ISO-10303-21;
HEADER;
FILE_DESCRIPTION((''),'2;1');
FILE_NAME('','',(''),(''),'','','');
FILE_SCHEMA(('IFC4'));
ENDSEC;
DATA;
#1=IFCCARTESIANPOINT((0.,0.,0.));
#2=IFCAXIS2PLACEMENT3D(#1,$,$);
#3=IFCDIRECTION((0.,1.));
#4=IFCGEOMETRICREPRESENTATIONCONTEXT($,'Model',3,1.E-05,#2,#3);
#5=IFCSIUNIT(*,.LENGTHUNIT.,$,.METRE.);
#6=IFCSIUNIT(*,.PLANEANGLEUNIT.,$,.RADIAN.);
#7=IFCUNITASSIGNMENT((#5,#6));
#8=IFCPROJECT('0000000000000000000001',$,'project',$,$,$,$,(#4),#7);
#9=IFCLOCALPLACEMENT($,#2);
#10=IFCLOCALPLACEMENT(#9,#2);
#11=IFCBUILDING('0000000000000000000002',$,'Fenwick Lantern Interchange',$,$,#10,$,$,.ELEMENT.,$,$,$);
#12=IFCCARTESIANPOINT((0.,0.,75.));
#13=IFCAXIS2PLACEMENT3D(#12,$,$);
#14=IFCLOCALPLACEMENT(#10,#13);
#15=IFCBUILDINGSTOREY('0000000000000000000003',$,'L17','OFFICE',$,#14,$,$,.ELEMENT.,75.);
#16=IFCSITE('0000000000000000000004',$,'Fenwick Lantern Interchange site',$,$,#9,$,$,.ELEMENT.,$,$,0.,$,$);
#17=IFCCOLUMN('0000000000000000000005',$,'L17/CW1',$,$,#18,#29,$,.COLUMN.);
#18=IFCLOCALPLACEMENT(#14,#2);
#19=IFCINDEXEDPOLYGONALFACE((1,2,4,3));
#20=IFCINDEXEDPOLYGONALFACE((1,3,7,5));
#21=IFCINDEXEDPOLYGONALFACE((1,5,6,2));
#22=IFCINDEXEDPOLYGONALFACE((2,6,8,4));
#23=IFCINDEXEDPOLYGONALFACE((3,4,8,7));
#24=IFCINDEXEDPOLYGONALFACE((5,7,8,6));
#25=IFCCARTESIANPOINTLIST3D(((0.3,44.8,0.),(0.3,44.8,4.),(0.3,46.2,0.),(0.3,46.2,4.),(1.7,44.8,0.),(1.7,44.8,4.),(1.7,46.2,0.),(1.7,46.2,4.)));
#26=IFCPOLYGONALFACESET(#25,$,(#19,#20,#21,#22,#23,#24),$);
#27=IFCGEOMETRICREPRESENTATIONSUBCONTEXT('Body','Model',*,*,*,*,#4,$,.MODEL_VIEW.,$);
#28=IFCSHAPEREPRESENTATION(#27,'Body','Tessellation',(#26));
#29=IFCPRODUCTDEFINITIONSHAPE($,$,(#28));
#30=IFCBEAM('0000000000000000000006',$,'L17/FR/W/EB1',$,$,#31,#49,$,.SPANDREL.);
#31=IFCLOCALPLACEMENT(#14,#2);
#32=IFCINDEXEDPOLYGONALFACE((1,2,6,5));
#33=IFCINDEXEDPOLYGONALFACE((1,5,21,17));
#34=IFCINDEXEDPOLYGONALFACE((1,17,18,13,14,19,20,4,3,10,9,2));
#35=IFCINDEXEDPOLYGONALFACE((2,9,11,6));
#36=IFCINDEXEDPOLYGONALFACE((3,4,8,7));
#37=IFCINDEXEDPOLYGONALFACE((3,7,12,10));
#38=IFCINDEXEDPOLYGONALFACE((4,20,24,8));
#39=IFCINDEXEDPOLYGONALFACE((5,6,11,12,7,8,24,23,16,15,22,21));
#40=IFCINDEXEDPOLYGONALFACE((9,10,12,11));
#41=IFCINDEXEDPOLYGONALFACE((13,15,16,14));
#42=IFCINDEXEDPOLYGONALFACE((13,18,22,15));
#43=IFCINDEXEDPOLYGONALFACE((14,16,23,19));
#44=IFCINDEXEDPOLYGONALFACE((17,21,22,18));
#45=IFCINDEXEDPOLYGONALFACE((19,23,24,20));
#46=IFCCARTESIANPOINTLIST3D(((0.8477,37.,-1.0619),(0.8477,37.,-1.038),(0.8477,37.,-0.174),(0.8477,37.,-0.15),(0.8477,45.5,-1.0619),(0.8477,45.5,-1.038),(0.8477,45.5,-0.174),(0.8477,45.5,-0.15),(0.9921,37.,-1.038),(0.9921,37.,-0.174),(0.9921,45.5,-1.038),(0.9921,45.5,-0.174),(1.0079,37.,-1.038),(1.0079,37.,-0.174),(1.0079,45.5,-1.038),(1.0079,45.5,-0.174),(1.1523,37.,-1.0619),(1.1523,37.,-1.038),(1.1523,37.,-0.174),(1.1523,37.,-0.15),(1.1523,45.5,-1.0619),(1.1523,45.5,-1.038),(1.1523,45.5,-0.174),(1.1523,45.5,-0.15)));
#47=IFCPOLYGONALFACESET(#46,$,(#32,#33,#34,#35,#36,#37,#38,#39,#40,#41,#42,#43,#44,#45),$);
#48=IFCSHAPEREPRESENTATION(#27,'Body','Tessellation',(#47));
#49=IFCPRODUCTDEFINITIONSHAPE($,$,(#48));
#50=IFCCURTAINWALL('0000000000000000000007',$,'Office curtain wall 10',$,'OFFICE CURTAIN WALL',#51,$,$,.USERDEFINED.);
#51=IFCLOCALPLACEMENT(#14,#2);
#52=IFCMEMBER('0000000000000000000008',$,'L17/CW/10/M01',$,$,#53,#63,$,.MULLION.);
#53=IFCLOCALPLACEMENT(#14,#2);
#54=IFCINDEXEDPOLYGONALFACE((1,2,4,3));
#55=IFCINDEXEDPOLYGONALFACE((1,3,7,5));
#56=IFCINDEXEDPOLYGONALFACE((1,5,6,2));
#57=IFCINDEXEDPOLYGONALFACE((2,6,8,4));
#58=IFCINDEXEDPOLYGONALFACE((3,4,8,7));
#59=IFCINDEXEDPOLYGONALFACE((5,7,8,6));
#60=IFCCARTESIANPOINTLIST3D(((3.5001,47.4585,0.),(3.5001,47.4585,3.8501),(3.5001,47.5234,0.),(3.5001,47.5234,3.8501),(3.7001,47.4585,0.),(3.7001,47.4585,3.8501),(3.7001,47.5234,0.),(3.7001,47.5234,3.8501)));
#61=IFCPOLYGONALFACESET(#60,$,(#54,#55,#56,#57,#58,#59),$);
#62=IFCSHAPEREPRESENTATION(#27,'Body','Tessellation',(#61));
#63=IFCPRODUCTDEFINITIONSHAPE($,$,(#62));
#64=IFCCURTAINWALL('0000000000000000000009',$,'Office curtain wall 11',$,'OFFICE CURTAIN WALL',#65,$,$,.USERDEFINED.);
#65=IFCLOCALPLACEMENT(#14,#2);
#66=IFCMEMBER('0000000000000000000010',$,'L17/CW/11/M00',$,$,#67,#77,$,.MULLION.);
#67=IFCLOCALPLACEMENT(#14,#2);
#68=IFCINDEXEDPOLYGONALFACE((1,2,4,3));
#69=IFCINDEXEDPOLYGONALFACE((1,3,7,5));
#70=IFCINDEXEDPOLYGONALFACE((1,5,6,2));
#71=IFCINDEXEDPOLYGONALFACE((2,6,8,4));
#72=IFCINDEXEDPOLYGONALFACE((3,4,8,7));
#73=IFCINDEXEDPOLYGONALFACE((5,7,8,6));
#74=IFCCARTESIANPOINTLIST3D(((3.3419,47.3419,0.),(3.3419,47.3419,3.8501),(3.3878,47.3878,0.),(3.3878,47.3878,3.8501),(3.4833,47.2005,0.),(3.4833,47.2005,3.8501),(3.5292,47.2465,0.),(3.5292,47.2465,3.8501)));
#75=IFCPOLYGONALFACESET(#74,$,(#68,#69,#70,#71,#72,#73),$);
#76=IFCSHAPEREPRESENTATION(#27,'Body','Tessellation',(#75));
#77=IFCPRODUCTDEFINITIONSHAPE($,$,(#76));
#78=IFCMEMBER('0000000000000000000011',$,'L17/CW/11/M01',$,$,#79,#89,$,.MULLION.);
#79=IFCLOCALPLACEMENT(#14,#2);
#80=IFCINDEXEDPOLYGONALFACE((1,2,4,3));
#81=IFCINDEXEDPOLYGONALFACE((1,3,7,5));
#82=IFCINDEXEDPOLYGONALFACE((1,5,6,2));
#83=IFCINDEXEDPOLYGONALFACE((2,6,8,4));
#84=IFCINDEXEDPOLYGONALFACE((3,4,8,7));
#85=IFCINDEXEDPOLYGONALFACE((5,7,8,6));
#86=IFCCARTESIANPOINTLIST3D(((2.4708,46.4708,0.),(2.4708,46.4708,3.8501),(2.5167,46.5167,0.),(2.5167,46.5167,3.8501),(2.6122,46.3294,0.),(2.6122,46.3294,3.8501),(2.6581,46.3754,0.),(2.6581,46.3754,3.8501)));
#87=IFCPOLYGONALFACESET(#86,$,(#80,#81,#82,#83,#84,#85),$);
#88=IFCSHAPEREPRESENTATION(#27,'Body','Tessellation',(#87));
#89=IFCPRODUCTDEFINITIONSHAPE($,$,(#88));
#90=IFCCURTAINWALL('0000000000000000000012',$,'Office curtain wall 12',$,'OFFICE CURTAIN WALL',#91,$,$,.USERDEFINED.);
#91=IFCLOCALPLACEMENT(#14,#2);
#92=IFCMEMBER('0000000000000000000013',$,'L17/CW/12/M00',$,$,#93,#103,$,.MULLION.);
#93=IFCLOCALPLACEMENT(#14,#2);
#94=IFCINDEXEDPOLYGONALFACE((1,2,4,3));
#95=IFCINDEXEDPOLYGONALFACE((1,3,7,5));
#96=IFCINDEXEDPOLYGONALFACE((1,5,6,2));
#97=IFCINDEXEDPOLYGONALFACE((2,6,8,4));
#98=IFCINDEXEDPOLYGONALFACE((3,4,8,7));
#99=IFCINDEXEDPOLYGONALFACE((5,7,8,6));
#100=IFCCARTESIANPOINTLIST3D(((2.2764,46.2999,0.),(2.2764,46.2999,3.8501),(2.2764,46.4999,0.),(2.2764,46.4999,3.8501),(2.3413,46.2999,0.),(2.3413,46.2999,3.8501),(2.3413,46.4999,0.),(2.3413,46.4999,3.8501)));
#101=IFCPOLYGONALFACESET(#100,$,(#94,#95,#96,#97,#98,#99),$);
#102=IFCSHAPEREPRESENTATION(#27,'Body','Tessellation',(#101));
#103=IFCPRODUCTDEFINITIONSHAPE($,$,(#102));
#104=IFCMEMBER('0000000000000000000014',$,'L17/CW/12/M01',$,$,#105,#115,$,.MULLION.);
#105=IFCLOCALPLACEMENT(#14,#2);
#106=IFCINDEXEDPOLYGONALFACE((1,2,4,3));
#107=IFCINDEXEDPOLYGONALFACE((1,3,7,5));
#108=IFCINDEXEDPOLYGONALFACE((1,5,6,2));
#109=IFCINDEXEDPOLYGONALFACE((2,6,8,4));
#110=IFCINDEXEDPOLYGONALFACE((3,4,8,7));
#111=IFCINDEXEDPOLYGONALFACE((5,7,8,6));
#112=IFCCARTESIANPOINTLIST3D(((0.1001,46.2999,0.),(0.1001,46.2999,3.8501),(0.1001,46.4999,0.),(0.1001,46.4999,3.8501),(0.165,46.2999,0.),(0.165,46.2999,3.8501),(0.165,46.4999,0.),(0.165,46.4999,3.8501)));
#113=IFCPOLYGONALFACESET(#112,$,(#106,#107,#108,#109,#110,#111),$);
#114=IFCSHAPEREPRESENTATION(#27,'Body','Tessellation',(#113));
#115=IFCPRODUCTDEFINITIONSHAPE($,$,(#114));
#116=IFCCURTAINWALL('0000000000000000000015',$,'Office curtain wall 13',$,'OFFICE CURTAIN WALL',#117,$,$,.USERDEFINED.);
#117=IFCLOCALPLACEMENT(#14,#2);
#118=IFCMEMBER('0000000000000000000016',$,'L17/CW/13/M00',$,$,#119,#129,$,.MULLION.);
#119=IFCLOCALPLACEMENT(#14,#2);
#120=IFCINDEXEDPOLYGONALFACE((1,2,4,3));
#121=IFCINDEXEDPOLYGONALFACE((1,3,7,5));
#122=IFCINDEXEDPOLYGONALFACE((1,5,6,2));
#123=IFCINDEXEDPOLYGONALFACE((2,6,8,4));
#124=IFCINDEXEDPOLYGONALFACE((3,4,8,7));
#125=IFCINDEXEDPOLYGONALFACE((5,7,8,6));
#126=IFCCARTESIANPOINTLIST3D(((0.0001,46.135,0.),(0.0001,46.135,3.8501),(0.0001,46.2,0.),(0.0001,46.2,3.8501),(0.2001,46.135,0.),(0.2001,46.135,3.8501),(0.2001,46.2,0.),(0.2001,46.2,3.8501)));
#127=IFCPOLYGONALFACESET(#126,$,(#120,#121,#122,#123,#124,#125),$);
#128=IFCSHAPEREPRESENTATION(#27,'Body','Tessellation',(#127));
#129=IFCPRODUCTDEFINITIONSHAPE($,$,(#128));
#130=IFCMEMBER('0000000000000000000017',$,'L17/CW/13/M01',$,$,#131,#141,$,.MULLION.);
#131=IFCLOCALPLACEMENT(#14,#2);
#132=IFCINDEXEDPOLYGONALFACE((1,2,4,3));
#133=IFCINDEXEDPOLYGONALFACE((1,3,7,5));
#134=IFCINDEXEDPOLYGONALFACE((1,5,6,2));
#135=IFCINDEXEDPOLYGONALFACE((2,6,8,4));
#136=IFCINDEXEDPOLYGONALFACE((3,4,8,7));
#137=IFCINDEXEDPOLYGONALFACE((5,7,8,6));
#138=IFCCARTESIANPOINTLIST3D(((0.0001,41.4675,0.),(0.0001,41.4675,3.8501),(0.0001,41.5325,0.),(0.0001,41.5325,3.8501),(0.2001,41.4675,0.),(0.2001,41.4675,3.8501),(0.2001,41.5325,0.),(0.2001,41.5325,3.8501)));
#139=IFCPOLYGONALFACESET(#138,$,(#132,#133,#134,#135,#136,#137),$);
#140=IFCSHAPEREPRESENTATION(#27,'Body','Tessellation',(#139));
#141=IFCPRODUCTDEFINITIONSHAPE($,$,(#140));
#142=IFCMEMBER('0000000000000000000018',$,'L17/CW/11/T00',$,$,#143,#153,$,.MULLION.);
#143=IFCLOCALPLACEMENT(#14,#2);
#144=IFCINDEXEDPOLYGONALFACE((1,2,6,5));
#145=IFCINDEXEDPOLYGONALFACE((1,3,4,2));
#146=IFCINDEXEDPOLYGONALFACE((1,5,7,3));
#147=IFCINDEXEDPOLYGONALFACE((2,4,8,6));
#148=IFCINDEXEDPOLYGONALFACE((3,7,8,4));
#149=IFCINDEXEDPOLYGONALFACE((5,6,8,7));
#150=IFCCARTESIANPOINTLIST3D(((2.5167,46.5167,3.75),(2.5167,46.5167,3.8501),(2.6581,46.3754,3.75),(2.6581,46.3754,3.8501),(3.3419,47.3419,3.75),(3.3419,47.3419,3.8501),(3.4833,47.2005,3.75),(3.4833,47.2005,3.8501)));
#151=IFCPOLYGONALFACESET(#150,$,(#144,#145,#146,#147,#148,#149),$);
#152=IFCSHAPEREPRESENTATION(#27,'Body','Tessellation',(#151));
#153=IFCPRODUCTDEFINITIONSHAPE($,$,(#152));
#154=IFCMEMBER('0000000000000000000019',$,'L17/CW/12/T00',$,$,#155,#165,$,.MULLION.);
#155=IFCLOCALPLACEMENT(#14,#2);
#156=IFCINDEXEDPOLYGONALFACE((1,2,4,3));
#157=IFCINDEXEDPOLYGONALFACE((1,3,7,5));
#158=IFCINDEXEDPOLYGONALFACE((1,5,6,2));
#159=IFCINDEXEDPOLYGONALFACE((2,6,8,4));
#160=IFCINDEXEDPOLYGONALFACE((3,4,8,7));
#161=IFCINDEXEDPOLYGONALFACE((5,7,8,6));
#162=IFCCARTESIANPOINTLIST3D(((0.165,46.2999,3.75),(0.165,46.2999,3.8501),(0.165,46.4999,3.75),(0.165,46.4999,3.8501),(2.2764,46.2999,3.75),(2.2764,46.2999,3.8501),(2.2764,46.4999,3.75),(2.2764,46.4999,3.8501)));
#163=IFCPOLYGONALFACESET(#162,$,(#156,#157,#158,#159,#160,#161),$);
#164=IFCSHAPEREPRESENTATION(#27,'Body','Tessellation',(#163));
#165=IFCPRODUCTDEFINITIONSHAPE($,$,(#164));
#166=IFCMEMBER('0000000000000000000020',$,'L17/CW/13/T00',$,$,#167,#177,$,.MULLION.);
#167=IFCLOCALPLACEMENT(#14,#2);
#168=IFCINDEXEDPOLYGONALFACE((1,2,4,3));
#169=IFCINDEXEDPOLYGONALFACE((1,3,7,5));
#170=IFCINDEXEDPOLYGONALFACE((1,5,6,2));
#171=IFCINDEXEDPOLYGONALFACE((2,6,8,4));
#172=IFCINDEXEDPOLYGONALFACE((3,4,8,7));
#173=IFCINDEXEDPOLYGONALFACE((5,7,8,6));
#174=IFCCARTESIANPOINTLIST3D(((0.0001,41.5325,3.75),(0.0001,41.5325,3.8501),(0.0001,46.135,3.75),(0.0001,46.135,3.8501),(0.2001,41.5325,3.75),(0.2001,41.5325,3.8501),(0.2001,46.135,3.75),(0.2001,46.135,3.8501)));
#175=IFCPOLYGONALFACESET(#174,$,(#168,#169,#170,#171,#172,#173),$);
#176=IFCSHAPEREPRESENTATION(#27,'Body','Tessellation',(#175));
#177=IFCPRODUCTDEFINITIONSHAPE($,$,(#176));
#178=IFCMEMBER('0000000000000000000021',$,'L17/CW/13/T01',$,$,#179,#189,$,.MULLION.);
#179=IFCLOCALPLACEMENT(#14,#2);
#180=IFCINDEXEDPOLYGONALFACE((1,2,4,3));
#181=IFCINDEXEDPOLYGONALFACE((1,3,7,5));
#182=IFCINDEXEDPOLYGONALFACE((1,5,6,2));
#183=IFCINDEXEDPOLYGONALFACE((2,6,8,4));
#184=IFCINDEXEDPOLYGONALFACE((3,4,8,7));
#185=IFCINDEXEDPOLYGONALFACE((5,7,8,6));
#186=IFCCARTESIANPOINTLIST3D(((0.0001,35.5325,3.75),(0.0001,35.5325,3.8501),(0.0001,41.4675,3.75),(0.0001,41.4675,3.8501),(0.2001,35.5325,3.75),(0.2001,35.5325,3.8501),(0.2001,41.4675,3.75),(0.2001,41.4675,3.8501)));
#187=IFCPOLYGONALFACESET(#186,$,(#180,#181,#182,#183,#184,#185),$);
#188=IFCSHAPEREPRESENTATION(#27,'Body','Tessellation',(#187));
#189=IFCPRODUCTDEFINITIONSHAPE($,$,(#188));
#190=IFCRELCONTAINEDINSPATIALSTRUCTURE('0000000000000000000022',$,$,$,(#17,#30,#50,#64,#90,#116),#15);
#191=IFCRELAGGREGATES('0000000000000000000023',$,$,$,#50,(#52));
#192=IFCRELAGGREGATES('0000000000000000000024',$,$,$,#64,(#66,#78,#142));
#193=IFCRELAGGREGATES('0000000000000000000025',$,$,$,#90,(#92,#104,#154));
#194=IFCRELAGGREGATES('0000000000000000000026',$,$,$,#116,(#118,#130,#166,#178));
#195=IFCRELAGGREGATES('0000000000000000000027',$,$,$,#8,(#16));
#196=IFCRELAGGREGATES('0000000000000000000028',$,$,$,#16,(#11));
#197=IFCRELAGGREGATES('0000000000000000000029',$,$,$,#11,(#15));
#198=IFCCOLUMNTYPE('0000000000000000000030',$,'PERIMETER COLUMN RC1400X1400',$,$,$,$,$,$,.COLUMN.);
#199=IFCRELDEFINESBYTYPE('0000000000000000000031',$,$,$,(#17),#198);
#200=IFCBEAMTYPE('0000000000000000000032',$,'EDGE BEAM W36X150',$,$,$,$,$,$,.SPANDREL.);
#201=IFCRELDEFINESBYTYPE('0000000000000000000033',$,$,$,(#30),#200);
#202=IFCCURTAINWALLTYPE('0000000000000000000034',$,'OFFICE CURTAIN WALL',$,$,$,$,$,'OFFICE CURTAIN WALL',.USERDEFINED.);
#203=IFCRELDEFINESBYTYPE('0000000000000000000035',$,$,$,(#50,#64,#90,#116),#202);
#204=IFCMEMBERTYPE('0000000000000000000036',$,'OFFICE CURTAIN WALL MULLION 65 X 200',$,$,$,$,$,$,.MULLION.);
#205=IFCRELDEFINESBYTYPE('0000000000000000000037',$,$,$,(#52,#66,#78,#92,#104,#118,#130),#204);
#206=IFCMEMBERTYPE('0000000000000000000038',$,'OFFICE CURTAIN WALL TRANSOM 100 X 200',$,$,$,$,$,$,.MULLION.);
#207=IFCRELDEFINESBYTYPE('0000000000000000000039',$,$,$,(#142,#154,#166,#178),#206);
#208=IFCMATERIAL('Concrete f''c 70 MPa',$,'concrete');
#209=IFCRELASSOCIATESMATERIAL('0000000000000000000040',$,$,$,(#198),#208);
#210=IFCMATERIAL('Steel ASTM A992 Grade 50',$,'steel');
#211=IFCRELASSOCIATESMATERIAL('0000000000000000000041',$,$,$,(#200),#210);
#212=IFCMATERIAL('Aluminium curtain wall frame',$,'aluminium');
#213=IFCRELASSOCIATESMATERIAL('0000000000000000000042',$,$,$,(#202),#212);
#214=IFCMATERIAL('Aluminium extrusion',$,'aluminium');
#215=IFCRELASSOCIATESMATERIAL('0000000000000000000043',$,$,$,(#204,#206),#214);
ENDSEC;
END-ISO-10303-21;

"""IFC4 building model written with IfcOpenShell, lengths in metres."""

from ifc_helpers import new_model, si_unit, direction, frame, origin, origin_2d, place, context, subcontext, project, spatial, rectangle, i_section, extrude, material, material_profile, profile_set, type_object, element, aggregate, save


model = new_model("IFC4")

# Units and contexts
model_context = context("Model", 3, precision=1e-05, world=origin(), true_north=direction((0.0, 1.0)))
body_context = subcontext(model_context, "Body", "Model", "MODEL_VIEW")
ifc_project = project(units=[si_unit("LENGTHUNIT", "METRE"), si_unit("PLANEANGLEUNIT", "RADIAN")], contexts=[model_context])

# Site, building, storey
site_placement = place(None, origin())
site = spatial("IfcSite", under=ifc_project, at=site_placement, Name="Fenwick Lantern Interchange site", CompositionType="ELEMENT", RefElevation=0.0)
building_placement = place(site_placement, origin())
building = spatial("IfcBuilding", under=site, at=building_placement, Name="Fenwick Lantern Interchange", CompositionType="ELEMENT")
storey_placement = place(building_placement, frame((0.0, 0.0, 75.0)))
storey = spatial("IfcBuildingStorey", under=building, at=storey_placement, Name="L17", Description="OFFICE", CompositionType="ELEMENT", Elevation=75.0)

# Column
ifc_material_1 = material(Name="Concrete f'c 70 MPa", Category="concrete")
ifc_material_profile_1 = material_profile(ifc_material_1, rectangle(XDim=1.3999, YDim=1.3999, at=origin_2d()), Name="RC1400X1400")
ifc_profile_set_1 = profile_set([ifc_material_profile_1], Name="Concrete f'c 70 MPa")
column_type = type_object("IfcColumnType", Name="PERIMETER COLUMN RC1400X1400", PredefinedType="COLUMN", material=ifc_profile_set_1)
column_placement = place(storey_placement, frame((1.0, 45.5, 0.0), z_axis=(0.0, 0.0, 1.0), x_axis=(1.0, 0.0, 0.0)))
element("IfcColumn", 1, at=column_placement, inside=storey, type_object=column_type, Name="L17/CW1", PredefinedType="COLUMN", context=body_context, shape_type="SweptSolid", body=[
    extrude(rectangle(XDim=1.3999, YDim=1.3999, at=origin_2d()), origin(), (0.0, 0.0, 1.0), 4.0),
])

# Beam
ifc_material_2 = material(Name="Steel ASTM A992 Grade 50", Category="steel")
ifc_material_profile_2 = material_profile(ifc_material_2, i_section(OverallWidth=0.3047, OverallDepth=0.9119, WebThickness=0.0159, FlangeThickness=0.0239, at=origin_2d()), Name="W36X150")
ifc_profile_set_2 = profile_set([ifc_material_profile_2], Name="Steel ASTM A992 Grade 50")
beam_type = type_object("IfcBeamType", Name="EDGE BEAM W36X150", PredefinedType="SPANDREL", material=ifc_profile_set_2)
beam_placement = place(storey_placement, frame((1.0, 45.5, -0.606), z_axis=(0.0, -1.0, 0.0), x_axis=(1.0, 0.0, 0.0)))
element("IfcBeam", 2, at=beam_placement, inside=storey, type_object=beam_type, Name="L17/FR/W/EB1", PredefinedType="SPANDREL", context=body_context, shape_type="SweptSolid", body=[
    extrude(i_section(OverallWidth=0.3047, OverallDepth=0.9119, WebThickness=0.0159, FlangeThickness=0.0239, at=origin_2d()), origin(), (0.0, 0.0, 1.0), 8.5),
])

# Curtain wall, member
ifc_material_3 = material(Name="Aluminium curtain wall frame", Category="aluminium")
curtain_wall_type = type_object("IfcCurtainWallType", Name="OFFICE CURTAIN WALL", ElementType="OFFICE CURTAIN WALL", PredefinedType="USERDEFINED", material=ifc_material_3)
curtain_wall_1_placement = place(storey_placement, origin())
curtain_wall_1 = element("IfcCurtainWall", 3, at=curtain_wall_1_placement, inside=storey, type_object=curtain_wall_type, Name="Office curtain wall 10", ObjectType="OFFICE CURTAIN WALL", PredefinedType="USERDEFINED")
ifc_material_4 = material(Name="Aluminium extrusion", Category="aluminium")
ifc_material_profile_3 = material_profile(ifc_material_4, rectangle(XDim=0.2, YDim=0.0649, at=origin_2d()), Name="OFFICE CURTAIN WALL MULLION 65 X 200")
ifc_profile_set_3 = profile_set([ifc_material_profile_3], Name="Aluminium extrusion")
member_type_1 = type_object("IfcMemberType", Name="OFFICE CURTAIN WALL MULLION 65 X 200", PredefinedType="MULLION", material=ifc_profile_set_3)
member_1_placement = place(storey_placement, frame((3.6001, 47.491, 0.0), z_axis=(0.0, 0.0, 1.0), x_axis=(1.0, 0.0, 0.0)))
member_1 = element("IfcMember", 4, at=member_1_placement, type_object=member_type_1, Name="L17/CW/10/M01", PredefinedType="MULLION", context=body_context, shape_type="SweptSolid", body=[
    extrude(rectangle(XDim=0.2, YDim=0.0649, at=origin_2d()), origin(), (0.0, 0.0, 1.0), 3.8501),
])
aggregate(curtain_wall_1, [member_1])

# Curtain walls, members
curtain_wall_2_placement = place(storey_placement, origin())
curtain_wall_2 = element("IfcCurtainWall", 5, at=curtain_wall_2_placement, inside=storey, type_object=curtain_wall_type, Name="Office curtain wall 11", ObjectType="OFFICE CURTAIN WALL", PredefinedType="USERDEFINED")
member_2_placement = place(storey_placement, frame((3.4355, 47.2942, 0.0), z_axis=(0.0, 0.0, 1.0), x_axis=(0.707107, -0.707107, 0.0)))
member_2 = element("IfcMember", 6, at=member_2_placement, type_object=member_type_1, Name="L17/CW/11/M00", PredefinedType="MULLION", context=body_context, shape_type="SweptSolid", body=[
    extrude(rectangle(XDim=0.2, YDim=0.0649, at=origin_2d()), origin(), (0.0, 0.0, 1.0), 3.8501),
])
member_3_placement = place(storey_placement, frame((2.5645, 46.4231, 0.0), z_axis=(0.0, 0.0, 1.0), x_axis=(0.707107, -0.707107, 0.0)))
member_3 = element("IfcMember", 7, at=member_3_placement, type_object=member_type_1, Name="L17/CW/11/M01", PredefinedType="MULLION", context=body_context, shape_type="SweptSolid", body=[
    extrude(rectangle(XDim=0.2, YDim=0.0649, at=origin_2d()), origin(), (0.0, 0.0, 1.0), 3.8501),
])
curtain_wall_3_placement = place(storey_placement, origin())
curtain_wall_3 = element("IfcCurtainWall", 8, at=curtain_wall_3_placement, inside=storey, type_object=curtain_wall_type, Name="Office curtain wall 12", ObjectType="OFFICE CURTAIN WALL", PredefinedType="USERDEFINED")
member_4_placement = place(storey_placement, frame((2.3088, 46.3999, 0.0), z_axis=(0.0, 0.0, 1.0), x_axis=(0.0, -1.0, 0.0)))
member_4 = element("IfcMember", 9, at=member_4_placement, type_object=member_type_1, Name="L17/CW/12/M00", PredefinedType="MULLION", context=body_context, shape_type="SweptSolid", body=[
    extrude(rectangle(XDim=0.2, YDim=0.0649, at=origin_2d()), origin(), (0.0, 0.0, 1.0), 3.8501),
])
member_5_placement = place(storey_placement, frame((0.1326, 46.3999, 0.0), z_axis=(0.0, 0.0, 1.0), x_axis=(0.0, -1.0, 0.0)))
member_5 = element("IfcMember", 10, at=member_5_placement, type_object=member_type_1, Name="L17/CW/12/M01", PredefinedType="MULLION", context=body_context, shape_type="SweptSolid", body=[
    extrude(rectangle(XDim=0.2, YDim=0.0649, at=origin_2d()), origin(), (0.0, 0.0, 1.0), 3.8501),
])
curtain_wall_4_placement = place(storey_placement, origin())
curtain_wall_4 = element("IfcCurtainWall", 11, at=curtain_wall_4_placement, inside=storey, type_object=curtain_wall_type, Name="Office curtain wall 13", ObjectType="OFFICE CURTAIN WALL", PredefinedType="USERDEFINED")
member_6_placement = place(storey_placement, frame((0.1001, 46.1675, 0.0), z_axis=(0.0, 0.0, 1.0), x_axis=(1.0, 0.0, 0.0)))
member_6 = element("IfcMember", 12, at=member_6_placement, type_object=member_type_1, Name="L17/CW/13/M00", PredefinedType="MULLION", context=body_context, shape_type="SweptSolid", body=[
    extrude(rectangle(XDim=0.2, YDim=0.0649, at=origin_2d()), origin(), (0.0, 0.0, 1.0), 3.8501),
])
member_7_placement = place(storey_placement, frame((0.1001, 41.5, 0.0), z_axis=(0.0, 0.0, 1.0), x_axis=(1.0, 0.0, 0.0)))
member_7 = element("IfcMember", 13, at=member_7_placement, type_object=member_type_1, Name="L17/CW/13/M01", PredefinedType="MULLION", context=body_context, shape_type="SweptSolid", body=[
    extrude(rectangle(XDim=0.2, YDim=0.0649, at=origin_2d()), origin(), (0.0, 0.0, 1.0), 3.8501),
])

# Members
ifc_material_profile_4 = material_profile(ifc_material_4, rectangle(XDim=0.2, YDim=0.1001, at=origin_2d()), Name="OFFICE CURTAIN WALL TRANSOM 100 X 200")
ifc_profile_set_4 = profile_set([ifc_material_profile_4], Name="Aluminium extrusion")
member_type_2 = type_object("IfcMemberType", Name="OFFICE CURTAIN WALL TRANSOM 100 X 200", PredefinedType="MULLION", material=ifc_profile_set_4)
member_8_placement = place(storey_placement, frame((3.4126, 47.2712, 3.8), z_axis=(-0.707107, -0.707107, 0.0), x_axis=(0.707107, -0.707107, 0.0)))
member_8 = element("IfcMember", 14, at=member_8_placement, type_object=member_type_2, Name="L17/CW/11/T00", PredefinedType="MULLION", context=body_context, shape_type="SweptSolid", body=[
    extrude(rectangle(XDim=0.2, YDim=0.1001, at=origin_2d()), origin(), (0.0, 0.0, 1.0), 1.167),
])
member_9_placement = place(storey_placement, frame((2.2764, 46.3999, 3.8), z_axis=(-1.0, 0.0, 0.0), x_axis=(0.0, -1.0, 0.0)))
member_9 = element("IfcMember", 15, at=member_9_placement, type_object=member_type_2, Name="L17/CW/12/T00", PredefinedType="MULLION", context=body_context, shape_type="SweptSolid", body=[
    extrude(rectangle(XDim=0.2, YDim=0.1001, at=origin_2d()), origin(), (0.0, 0.0, 1.0), 2.1113),
])
member_10_placement = place(storey_placement, frame((0.1001, 46.135, 3.8), z_axis=(0.0, -1.0, 0.0), x_axis=(1.0, 0.0, 0.0)))
member_10 = element("IfcMember", 16, at=member_10_placement, type_object=member_type_2, Name="L17/CW/13/T00", PredefinedType="MULLION", context=body_context, shape_type="SweptSolid", body=[
    extrude(rectangle(XDim=0.2, YDim=0.1001, at=origin_2d()), origin(), (0.0, 0.0, 1.0), 4.6025),
])
member_11_placement = place(storey_placement, frame((0.1001, 41.4675, 3.8), z_axis=(0.0, -1.0, 0.0), x_axis=(1.0, 0.0, 0.0)))
member_11 = element("IfcMember", 17, at=member_11_placement, type_object=member_type_2, Name="L17/CW/13/T01", PredefinedType="MULLION", context=body_context, shape_type="SweptSolid", body=[
    extrude(rectangle(XDim=0.2, YDim=0.1001, at=origin_2d()), origin(), (0.0, 0.0, 1.0), 5.9351),
])

aggregate(curtain_wall_2, [member_2, member_3, member_8])
aggregate(curtain_wall_3, [member_4, member_5, member_9])
aggregate(curtain_wall_4, [member_6, member_7, member_10, member_11])

save(model, "model.ifc")
